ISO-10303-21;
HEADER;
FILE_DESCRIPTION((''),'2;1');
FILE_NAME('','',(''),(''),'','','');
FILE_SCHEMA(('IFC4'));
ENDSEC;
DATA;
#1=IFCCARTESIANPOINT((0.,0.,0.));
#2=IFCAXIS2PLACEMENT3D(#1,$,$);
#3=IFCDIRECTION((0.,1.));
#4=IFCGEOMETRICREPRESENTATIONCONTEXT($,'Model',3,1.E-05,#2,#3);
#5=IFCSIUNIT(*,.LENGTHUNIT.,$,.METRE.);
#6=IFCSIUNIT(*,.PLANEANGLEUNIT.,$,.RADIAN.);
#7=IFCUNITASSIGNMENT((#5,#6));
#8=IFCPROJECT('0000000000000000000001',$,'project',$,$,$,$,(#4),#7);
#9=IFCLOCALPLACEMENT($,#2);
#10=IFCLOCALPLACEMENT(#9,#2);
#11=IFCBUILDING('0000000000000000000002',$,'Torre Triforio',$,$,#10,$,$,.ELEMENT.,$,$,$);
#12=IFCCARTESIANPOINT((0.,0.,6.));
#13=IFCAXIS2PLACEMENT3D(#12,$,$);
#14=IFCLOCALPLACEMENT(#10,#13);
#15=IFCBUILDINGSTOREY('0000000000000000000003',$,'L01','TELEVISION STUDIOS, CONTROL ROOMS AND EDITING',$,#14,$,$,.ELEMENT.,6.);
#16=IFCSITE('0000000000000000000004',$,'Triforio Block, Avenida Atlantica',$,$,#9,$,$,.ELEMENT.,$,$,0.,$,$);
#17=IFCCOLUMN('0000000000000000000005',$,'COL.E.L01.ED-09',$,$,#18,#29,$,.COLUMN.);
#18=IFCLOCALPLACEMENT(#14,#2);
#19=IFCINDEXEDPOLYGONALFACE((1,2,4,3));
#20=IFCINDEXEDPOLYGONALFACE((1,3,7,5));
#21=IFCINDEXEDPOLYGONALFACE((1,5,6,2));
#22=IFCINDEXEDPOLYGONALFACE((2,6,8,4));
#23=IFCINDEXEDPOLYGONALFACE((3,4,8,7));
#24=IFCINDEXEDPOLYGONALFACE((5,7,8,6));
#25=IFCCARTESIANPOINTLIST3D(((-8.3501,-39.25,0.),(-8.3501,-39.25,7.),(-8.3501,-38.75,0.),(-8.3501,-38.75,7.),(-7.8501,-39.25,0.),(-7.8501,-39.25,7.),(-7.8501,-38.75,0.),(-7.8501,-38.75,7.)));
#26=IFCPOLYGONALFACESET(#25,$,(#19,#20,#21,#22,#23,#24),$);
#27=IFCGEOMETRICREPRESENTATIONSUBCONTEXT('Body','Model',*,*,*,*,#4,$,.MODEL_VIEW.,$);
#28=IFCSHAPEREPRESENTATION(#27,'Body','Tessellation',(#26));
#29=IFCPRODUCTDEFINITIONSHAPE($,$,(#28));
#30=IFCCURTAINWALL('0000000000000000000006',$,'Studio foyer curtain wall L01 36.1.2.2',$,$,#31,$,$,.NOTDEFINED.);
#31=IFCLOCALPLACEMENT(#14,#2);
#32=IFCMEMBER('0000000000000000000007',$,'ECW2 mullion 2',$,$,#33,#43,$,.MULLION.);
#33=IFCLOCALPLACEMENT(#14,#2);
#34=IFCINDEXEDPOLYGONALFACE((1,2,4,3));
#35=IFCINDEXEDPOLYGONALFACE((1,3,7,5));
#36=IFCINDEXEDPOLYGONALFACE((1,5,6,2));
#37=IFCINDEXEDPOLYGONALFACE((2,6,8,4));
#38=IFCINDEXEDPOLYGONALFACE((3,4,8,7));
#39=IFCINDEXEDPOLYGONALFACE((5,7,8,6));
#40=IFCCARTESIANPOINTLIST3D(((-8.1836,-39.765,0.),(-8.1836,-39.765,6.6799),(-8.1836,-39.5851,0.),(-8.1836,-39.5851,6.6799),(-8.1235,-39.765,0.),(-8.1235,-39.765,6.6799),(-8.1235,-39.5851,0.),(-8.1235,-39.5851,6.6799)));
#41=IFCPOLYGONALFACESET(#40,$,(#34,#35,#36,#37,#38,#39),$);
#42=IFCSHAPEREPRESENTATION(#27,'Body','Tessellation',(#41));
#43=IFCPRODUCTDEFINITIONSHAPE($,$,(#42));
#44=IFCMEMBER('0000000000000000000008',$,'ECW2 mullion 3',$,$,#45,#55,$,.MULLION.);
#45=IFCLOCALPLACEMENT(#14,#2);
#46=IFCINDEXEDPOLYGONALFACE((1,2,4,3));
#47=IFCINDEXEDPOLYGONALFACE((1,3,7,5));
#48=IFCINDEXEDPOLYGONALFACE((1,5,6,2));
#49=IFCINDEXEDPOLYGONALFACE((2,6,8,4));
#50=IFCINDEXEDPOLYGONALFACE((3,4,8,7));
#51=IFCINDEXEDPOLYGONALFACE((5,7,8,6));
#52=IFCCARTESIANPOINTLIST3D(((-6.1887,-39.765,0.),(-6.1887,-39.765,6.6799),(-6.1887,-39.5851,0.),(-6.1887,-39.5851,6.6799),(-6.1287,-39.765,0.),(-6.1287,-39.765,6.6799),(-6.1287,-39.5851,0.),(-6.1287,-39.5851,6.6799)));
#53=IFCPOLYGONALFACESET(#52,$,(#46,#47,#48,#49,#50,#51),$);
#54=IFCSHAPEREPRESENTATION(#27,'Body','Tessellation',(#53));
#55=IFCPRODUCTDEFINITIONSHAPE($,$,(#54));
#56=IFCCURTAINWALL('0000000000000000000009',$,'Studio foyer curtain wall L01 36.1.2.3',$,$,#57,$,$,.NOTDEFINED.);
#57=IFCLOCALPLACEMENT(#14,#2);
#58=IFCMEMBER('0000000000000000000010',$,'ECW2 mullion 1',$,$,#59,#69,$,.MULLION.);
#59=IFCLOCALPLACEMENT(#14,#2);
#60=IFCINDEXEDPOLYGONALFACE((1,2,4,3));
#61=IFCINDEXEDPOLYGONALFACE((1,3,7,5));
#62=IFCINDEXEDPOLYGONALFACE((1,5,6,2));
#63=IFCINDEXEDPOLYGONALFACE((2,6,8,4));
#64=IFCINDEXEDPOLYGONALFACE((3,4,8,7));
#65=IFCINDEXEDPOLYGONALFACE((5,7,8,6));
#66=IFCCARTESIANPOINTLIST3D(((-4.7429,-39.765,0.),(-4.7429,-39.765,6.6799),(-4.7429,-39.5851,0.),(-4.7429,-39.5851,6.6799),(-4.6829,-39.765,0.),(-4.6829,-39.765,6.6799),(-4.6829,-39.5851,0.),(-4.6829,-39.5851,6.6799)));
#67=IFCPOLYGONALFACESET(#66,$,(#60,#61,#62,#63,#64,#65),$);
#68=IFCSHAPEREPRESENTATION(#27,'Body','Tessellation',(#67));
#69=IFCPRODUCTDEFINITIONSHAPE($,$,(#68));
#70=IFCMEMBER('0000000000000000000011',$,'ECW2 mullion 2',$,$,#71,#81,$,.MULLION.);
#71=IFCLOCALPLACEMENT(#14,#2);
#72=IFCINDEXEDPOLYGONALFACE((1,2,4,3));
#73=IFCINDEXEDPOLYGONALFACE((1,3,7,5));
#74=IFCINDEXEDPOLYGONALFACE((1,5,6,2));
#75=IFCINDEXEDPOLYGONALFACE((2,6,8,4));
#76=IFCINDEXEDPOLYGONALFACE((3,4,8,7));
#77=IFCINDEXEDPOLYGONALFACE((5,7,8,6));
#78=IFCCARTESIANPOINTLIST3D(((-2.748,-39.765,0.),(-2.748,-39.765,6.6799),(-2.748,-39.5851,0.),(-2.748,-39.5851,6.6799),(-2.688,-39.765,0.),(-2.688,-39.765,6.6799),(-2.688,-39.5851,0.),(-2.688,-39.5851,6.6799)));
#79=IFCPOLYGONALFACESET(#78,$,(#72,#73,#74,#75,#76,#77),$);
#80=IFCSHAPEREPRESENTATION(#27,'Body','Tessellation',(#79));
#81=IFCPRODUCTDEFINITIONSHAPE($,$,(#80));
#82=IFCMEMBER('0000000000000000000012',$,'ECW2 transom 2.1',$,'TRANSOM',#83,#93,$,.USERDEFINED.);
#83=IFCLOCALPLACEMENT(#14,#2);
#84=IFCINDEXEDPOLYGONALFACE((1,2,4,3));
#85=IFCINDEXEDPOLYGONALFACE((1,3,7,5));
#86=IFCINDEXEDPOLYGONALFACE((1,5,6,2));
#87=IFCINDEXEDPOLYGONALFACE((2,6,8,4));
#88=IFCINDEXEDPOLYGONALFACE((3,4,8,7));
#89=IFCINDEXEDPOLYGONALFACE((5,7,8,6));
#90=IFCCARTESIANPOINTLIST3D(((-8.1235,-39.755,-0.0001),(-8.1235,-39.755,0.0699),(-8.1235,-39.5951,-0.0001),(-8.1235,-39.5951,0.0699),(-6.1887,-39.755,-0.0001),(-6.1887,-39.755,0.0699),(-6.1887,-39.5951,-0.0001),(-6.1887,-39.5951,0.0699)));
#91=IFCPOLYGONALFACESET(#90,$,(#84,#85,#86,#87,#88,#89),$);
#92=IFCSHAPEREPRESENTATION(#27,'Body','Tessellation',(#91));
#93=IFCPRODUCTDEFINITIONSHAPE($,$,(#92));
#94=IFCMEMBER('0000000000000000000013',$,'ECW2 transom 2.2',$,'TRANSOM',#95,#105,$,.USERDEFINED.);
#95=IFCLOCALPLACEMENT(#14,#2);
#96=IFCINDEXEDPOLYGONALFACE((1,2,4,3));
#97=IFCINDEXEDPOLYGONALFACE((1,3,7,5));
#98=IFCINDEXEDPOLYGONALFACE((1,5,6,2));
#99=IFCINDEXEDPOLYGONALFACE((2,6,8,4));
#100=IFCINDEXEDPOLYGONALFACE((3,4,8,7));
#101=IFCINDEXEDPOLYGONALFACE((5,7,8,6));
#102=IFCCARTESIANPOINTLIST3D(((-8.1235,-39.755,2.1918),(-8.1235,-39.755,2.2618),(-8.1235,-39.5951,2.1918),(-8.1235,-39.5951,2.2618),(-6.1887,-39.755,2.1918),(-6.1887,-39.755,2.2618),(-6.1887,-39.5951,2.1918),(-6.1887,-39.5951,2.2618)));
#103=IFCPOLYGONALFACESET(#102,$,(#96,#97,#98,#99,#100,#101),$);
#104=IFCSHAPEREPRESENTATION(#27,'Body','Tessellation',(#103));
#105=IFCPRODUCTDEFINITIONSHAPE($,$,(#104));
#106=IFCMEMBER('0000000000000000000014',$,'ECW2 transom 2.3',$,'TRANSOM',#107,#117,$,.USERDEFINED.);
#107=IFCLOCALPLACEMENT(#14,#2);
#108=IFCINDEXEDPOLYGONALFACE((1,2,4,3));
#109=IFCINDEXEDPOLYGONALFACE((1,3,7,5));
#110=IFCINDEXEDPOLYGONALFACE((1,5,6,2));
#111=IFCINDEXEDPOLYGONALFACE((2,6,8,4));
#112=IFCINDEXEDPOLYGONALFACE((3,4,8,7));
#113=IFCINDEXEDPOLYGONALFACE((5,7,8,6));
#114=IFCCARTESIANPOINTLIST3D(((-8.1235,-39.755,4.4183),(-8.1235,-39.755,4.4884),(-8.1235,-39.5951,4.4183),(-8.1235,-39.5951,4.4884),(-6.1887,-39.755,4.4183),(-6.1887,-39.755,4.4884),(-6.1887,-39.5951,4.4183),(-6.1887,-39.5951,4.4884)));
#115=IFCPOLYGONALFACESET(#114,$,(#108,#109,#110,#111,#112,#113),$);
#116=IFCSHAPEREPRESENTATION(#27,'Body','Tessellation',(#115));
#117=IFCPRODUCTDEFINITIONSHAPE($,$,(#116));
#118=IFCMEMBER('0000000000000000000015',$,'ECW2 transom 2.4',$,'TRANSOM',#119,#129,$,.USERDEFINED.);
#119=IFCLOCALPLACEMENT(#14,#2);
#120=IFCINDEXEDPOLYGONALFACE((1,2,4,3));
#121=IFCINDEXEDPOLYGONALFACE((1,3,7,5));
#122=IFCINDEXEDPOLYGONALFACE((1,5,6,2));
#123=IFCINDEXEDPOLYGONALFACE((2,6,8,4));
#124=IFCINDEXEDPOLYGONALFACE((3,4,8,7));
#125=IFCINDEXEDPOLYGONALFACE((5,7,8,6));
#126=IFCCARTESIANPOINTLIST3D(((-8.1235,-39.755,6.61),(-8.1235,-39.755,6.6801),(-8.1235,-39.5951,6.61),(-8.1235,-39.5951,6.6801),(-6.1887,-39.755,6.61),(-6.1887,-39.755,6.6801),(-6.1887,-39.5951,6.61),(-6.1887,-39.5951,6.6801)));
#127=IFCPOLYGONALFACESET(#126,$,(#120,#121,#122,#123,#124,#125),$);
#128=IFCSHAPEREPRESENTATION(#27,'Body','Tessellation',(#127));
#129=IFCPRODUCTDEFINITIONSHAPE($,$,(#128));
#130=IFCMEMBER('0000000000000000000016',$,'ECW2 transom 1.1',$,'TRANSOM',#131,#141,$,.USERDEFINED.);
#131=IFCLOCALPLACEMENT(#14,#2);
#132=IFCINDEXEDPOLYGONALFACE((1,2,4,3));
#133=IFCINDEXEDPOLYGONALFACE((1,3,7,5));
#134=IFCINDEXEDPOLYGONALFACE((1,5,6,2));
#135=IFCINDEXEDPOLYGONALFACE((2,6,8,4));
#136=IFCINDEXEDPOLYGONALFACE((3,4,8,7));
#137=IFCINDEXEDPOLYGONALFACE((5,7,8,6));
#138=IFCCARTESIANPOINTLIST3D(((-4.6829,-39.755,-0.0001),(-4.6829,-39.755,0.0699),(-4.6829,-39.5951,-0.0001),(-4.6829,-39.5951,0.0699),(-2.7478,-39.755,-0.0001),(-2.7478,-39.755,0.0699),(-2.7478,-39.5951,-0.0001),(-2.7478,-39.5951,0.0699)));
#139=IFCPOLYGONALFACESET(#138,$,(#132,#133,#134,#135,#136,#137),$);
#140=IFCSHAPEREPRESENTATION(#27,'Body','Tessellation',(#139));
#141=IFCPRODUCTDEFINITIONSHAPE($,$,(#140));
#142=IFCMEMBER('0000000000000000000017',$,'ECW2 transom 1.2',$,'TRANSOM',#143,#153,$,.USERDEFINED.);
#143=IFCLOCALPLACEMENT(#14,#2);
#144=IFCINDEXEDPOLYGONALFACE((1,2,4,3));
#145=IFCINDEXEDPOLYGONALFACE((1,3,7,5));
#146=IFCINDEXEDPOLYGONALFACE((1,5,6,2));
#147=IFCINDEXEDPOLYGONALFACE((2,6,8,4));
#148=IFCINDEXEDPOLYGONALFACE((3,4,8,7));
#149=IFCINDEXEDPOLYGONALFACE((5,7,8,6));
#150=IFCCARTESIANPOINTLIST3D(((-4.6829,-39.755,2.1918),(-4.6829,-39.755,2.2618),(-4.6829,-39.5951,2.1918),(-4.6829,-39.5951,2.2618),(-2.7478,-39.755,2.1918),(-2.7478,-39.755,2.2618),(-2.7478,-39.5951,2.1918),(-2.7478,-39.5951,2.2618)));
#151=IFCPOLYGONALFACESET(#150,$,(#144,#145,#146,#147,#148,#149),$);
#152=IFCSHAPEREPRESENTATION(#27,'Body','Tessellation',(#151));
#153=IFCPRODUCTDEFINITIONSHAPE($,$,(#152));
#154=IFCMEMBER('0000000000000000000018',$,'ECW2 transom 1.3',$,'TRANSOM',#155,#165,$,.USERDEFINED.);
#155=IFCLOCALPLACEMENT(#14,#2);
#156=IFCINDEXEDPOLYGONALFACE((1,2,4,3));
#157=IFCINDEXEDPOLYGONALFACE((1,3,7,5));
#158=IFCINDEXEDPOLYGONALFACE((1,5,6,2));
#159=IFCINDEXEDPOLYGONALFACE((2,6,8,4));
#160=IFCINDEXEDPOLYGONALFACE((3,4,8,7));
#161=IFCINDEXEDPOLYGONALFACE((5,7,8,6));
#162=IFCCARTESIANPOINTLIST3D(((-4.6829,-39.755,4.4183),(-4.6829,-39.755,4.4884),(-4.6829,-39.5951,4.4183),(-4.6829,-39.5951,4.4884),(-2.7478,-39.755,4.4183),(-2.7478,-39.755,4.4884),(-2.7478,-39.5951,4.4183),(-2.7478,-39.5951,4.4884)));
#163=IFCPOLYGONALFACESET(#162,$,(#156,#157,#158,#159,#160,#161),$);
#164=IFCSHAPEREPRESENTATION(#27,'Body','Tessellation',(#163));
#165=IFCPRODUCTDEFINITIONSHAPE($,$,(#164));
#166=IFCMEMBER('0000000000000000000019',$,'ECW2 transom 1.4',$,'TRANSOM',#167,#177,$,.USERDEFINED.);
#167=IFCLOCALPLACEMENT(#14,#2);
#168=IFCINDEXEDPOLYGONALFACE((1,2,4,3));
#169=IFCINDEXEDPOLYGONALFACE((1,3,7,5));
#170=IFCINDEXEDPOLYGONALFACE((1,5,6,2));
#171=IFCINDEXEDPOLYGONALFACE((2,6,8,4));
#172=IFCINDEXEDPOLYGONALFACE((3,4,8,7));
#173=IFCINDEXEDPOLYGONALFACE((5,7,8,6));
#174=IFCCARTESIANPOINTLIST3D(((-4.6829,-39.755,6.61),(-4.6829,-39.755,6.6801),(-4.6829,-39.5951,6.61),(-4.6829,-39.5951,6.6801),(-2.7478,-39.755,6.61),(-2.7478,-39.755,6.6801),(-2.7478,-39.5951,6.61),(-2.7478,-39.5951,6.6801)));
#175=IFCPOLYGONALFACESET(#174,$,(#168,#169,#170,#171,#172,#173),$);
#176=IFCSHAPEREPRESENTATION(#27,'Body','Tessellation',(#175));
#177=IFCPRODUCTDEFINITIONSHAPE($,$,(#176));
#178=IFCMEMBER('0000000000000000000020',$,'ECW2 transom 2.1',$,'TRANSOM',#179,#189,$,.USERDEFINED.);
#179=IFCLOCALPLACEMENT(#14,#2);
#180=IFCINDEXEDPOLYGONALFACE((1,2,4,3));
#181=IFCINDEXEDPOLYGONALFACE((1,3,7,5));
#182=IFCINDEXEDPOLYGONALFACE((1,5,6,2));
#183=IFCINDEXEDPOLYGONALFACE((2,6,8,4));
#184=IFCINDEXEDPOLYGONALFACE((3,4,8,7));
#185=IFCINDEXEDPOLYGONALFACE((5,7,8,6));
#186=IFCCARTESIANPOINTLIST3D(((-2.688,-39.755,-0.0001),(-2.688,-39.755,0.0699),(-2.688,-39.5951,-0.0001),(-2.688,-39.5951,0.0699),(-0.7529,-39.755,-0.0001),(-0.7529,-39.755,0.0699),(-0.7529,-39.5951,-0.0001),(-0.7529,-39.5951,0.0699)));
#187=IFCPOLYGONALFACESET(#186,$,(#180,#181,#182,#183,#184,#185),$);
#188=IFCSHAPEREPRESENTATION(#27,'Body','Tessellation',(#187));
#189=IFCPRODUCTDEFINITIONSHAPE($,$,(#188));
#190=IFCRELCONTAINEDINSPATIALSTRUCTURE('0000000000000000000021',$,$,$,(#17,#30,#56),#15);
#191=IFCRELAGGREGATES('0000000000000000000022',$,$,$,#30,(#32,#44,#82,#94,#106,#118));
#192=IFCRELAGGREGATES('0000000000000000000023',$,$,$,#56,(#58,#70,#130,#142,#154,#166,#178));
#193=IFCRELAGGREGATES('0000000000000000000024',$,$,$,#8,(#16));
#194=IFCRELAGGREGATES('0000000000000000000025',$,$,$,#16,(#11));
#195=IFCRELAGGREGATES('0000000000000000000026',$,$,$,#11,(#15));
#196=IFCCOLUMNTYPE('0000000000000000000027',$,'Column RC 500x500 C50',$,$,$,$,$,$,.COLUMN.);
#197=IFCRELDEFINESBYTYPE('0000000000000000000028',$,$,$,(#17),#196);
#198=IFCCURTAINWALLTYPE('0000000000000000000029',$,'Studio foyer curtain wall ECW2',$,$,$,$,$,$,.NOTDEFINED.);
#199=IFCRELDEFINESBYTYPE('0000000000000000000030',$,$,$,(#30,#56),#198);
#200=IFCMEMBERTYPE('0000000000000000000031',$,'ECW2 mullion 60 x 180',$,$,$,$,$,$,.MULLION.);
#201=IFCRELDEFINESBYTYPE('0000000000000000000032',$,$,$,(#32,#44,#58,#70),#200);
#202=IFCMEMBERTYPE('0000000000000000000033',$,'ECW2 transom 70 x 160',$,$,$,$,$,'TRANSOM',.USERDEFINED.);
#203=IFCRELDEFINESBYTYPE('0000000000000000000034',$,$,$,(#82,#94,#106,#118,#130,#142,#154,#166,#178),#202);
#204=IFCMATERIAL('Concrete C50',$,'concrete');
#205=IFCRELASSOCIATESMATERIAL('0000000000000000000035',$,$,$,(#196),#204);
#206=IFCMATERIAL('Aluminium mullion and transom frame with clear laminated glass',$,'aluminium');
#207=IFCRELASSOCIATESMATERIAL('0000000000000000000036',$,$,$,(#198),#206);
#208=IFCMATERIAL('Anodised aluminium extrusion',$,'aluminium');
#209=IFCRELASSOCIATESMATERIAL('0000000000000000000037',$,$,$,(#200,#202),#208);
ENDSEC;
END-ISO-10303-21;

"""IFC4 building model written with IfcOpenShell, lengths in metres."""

from ifc_helpers import new_model, si_unit, direction, frame, origin, origin_2d, place, context, subcontext, project, spatial, rectangle, extrude, material, material_profile, profile_set, type_object, element, aggregate, save


model = new_model("IFC4")

# Units and contexts
model_context = context("Model", 3, precision=1e-05, world=origin(), true_north=direction((0.0, 1.0)))
body_context = subcontext(model_context, "Body", "Model", "MODEL_VIEW")
ifc_project = project(units=[si_unit("LENGTHUNIT", "METRE"), si_unit("PLANEANGLEUNIT", "RADIAN")], contexts=[model_context])

# Site, building, storey
site_placement = place(None, origin())
site = spatial("IfcSite", under=ifc_project, at=site_placement, Name="Triforio Block, Avenida Atlantica", CompositionType="ELEMENT", RefElevation=0.0)
building_placement = place(site_placement, origin())
building = spatial("IfcBuilding", under=site, at=building_placement, Name="Torre Triforio", CompositionType="ELEMENT")
storey_placement = place(building_placement, frame((0.0, 0.0, 6.0)))
storey = spatial("IfcBuildingStorey", under=building, at=storey_placement, Name="L01", Description="TELEVISION STUDIOS, CONTROL ROOMS AND EDITING", CompositionType="ELEMENT", Elevation=6.0)

# Column
ifc_material_1 = material(Name="Concrete C50", Category="concrete")
ifc_material_profile_1 = material_profile(ifc_material_1, rectangle(XDim=0.5, YDim=0.5, at=origin_2d()), Name="RC 500x500")
ifc_profile_set_1 = profile_set([ifc_material_profile_1], Name="Concrete C50")
column_type = type_object("IfcColumnType", Name="Column RC 500x500 C50", PredefinedType="COLUMN", material=ifc_profile_set_1)
column_placement = place(storey_placement, frame((-8.1001, -39.0, 0.0), z_axis=(0.0, 0.0, 1.0), x_axis=(1.0, 0.0, 0.0)))
element("IfcColumn", 1, at=column_placement, inside=storey, type_object=column_type, Name="COL.E.L01.ED-09", PredefinedType="COLUMN", context=body_context, shape_type="SweptSolid", body=[
    extrude(rectangle(XDim=0.5, YDim=0.5, at=origin_2d()), origin(), (0.0, 0.0, 1.0), 7.0),
])

# Curtain walls, members
ifc_material_2 = material(Name="Aluminium mullion and transom frame with clear laminated glass", Category="aluminium")
curtain_wall_type = type_object("IfcCurtainWallType", Name="Studio foyer curtain wall ECW2", PredefinedType="NOTDEFINED", material=ifc_material_2)
curtain_wall_1_placement = place(storey_placement, origin())
curtain_wall_1 = element("IfcCurtainWall", 2, at=curtain_wall_1_placement, inside=storey, type_object=curtain_wall_type, Name="Studio foyer curtain wall L01 36.1.2.2", PredefinedType="NOTDEFINED")
ifc_material_3 = material(Name="Anodised aluminium extrusion", Category="aluminium")
ifc_material_profile_2 = material_profile(ifc_material_3, rectangle(XDim=0.1799, YDim=0.0601, at=origin_2d()), Name="ECW2 MULLION 60x180")
ifc_profile_set_2 = profile_set([ifc_material_profile_2], Name="Anodised aluminium extrusion")
member_type_1 = type_object("IfcMemberType", Name="ECW2 mullion 60 x 180", PredefinedType="MULLION", material=ifc_profile_set_2)
member_1_placement = place(storey_placement, frame((-8.1536, -39.675, 0.0), z_axis=(0.0, 0.0, 1.0), x_axis=(0.0, 1.0, 0.0)))
member_1 = element("IfcMember", 3, at=member_1_placement, type_object=member_type_1, Name="ECW2 mullion 2", PredefinedType="MULLION", context=body_context, shape_type="SweptSolid", body=[
    extrude(rectangle(XDim=0.1799, YDim=0.0601, at=origin_2d()), origin(), (0.0, 0.0, 1.0), 6.6799),
])
member_2_placement = place(storey_placement, frame((-6.1587, -39.675, 0.0), z_axis=(0.0, 0.0, 1.0), x_axis=(0.0, 1.0, 0.0)))
member_2 = element("IfcMember", 4, at=member_2_placement, type_object=member_type_1, Name="ECW2 mullion 3", PredefinedType="MULLION", context=body_context, shape_type="SweptSolid", body=[
    extrude(rectangle(XDim=0.1799, YDim=0.0601, at=origin_2d()), origin(), (0.0, 0.0, 1.0), 6.6799),
])
curtain_wall_2_placement = place(storey_placement, origin())
curtain_wall_2 = element("IfcCurtainWall", 5, at=curtain_wall_2_placement, inside=storey, type_object=curtain_wall_type, Name="Studio foyer curtain wall L01 36.1.2.3", PredefinedType="NOTDEFINED")
member_3_placement = place(storey_placement, frame((-4.7129, -39.675, 0.0), z_axis=(0.0, 0.0, 1.0), x_axis=(0.0, 1.0, 0.0)))
member_3 = element("IfcMember", 6, at=member_3_placement, type_object=member_type_1, Name="ECW2 mullion 1", PredefinedType="MULLION", context=body_context, shape_type="SweptSolid", body=[
    extrude(rectangle(XDim=0.1799, YDim=0.0601, at=origin_2d()), origin(), (0.0, 0.0, 1.0), 6.6799),
])
member_4_placement = place(storey_placement, frame((-2.718, -39.675, 0.0), z_axis=(0.0, 0.0, 1.0), x_axis=(0.0, 1.0, 0.0)))
member_4 = element("IfcMember", 7, at=member_4_placement, type_object=member_type_1, Name="ECW2 mullion 2", PredefinedType="MULLION", context=body_context, shape_type="SweptSolid", body=[
    extrude(rectangle(XDim=0.1799, YDim=0.0601, at=origin_2d()), origin(), (0.0, 0.0, 1.0), 6.6799),
])

# Members
ifc_material_profile_3 = material_profile(ifc_material_3, rectangle(XDim=0.1599, YDim=0.0701, at=origin_2d()), Name="ECW2 TRANSOM 70x160")
ifc_profile_set_3 = profile_set([ifc_material_profile_3], Name="Anodised aluminium extrusion")
member_type_2 = type_object("IfcMemberType", Name="ECW2 transom 70 x 160", ElementType="TRANSOM", PredefinedType="USERDEFINED", material=ifc_profile_set_3)
member_5_placement = place(storey_placement, frame((-8.1235, -39.675, 0.0349), z_axis=(1.0, 0.0, 0.0), x_axis=(0.0, 1.0, 0.0)))
member_5 = element("IfcMember", 8, at=member_5_placement, type_object=member_type_2, Name="ECW2 transom 2.1", ObjectType="TRANSOM", PredefinedType="USERDEFINED", context=body_context, shape_type="SweptSolid", body=[
    extrude(rectangle(XDim=0.1599, YDim=0.0701, at=origin_2d()), origin(), (0.0, 0.0, 1.0), 1.9348),
])
member_6_placement = place(storey_placement, frame((-8.1235, -39.675, 2.2268), z_axis=(1.0, 0.0, 0.0), x_axis=(0.0, 1.0, 0.0)))
member_6 = element("IfcMember", 9, at=member_6_placement, type_object=member_type_2, Name="ECW2 transom 2.2", ObjectType="TRANSOM", PredefinedType="USERDEFINED", context=body_context, shape_type="SweptSolid", body=[
    extrude(rectangle(XDim=0.1599, YDim=0.0701, at=origin_2d()), origin(), (0.0, 0.0, 1.0), 1.9348),
])
member_7_placement = place(storey_placement, frame((-8.1235, -39.675, 4.4534), z_axis=(1.0, 0.0, 0.0), x_axis=(0.0, 1.0, 0.0)))
member_7 = element("IfcMember", 10, at=member_7_placement, type_object=member_type_2, Name="ECW2 transom 2.3", ObjectType="TRANSOM", PredefinedType="USERDEFINED", context=body_context, shape_type="SweptSolid", body=[
    extrude(rectangle(XDim=0.1599, YDim=0.0701, at=origin_2d()), origin(), (0.0, 0.0, 1.0), 1.9348),
])
member_8_placement = place(storey_placement, frame((-8.1235, -39.675, 6.645), z_axis=(1.0, 0.0, 0.0), x_axis=(0.0, 1.0, 0.0)))
member_8 = element("IfcMember", 11, at=member_8_placement, type_object=member_type_2, Name="ECW2 transom 2.4", ObjectType="TRANSOM", PredefinedType="USERDEFINED", context=body_context, shape_type="SweptSolid", body=[
    extrude(rectangle(XDim=0.1599, YDim=0.0701, at=origin_2d()), origin(), (0.0, 0.0, 1.0), 1.9348),
])
member_9_placement = place(storey_placement, frame((-4.6829, -39.675, 0.0349), z_axis=(1.0, 0.0, 0.0), x_axis=(0.0, 1.0, 0.0)))
member_9 = element("IfcMember", 12, at=member_9_placement, type_object=member_type_2, Name="ECW2 transom 1.1", ObjectType="TRANSOM", PredefinedType="USERDEFINED", context=body_context, shape_type="SweptSolid", body=[
    extrude(rectangle(XDim=0.1599, YDim=0.0701, at=origin_2d()), origin(), (0.0, 0.0, 1.0), 1.9351),
])
member_10_placement = place(storey_placement, frame((-4.6829, -39.675, 2.2268), z_axis=(1.0, 0.0, 0.0), x_axis=(0.0, 1.0, 0.0)))
member_10 = element("IfcMember", 13, at=member_10_placement, type_object=member_type_2, Name="ECW2 transom 1.2", ObjectType="TRANSOM", PredefinedType="USERDEFINED", context=body_context, shape_type="SweptSolid", body=[
    extrude(rectangle(XDim=0.1599, YDim=0.0701, at=origin_2d()), origin(), (0.0, 0.0, 1.0), 1.9351),
])
member_11_placement = place(storey_placement, frame((-4.6829, -39.675, 4.4534), z_axis=(1.0, 0.0, 0.0), x_axis=(0.0, 1.0, 0.0)))
member_11 = element("IfcMember", 14, at=member_11_placement, type_object=member_type_2, Name="ECW2 transom 1.3", ObjectType="TRANSOM", PredefinedType="USERDEFINED", context=body_context, shape_type="SweptSolid", body=[
    extrude(rectangle(XDim=0.1599, YDim=0.0701, at=origin_2d()), origin(), (0.0, 0.0, 1.0), 1.9351),
])
member_12_placement = place(storey_placement, frame((-4.6829, -39.675, 6.645), z_axis=(1.0, 0.0, 0.0), x_axis=(0.0, 1.0, 0.0)))
member_12 = element("IfcMember", 15, at=member_12_placement, type_object=member_type_2, Name="ECW2 transom 1.4", ObjectType="TRANSOM", PredefinedType="USERDEFINED", context=body_context, shape_type="SweptSolid", body=[
    extrude(rectangle(XDim=0.1599, YDim=0.0701, at=origin_2d()), origin(), (0.0, 0.0, 1.0), 1.9351),
])
member_13_placement = place(storey_placement, frame((-2.688, -39.675, 0.0349), z_axis=(1.0, 0.0, 0.0), x_axis=(0.0, 1.0, 0.0)))
member_13 = element("IfcMember", 16, at=member_13_placement, type_object=member_type_2, Name="ECW2 transom 2.1", ObjectType="TRANSOM", PredefinedType="USERDEFINED", context=body_context, shape_type="SweptSolid", body=[
    extrude(rectangle(XDim=0.1599, YDim=0.0701, at=origin_2d()), origin(), (0.0, 0.0, 1.0), 1.9351),
])

aggregate(curtain_wall_1, [member_1, member_2, member_5, member_6, member_7, member_8])
aggregate(curtain_wall_2, [member_3, member_4, member_9, member_10, member_11, member_12, member_13])

save(model, "model.ifc")
